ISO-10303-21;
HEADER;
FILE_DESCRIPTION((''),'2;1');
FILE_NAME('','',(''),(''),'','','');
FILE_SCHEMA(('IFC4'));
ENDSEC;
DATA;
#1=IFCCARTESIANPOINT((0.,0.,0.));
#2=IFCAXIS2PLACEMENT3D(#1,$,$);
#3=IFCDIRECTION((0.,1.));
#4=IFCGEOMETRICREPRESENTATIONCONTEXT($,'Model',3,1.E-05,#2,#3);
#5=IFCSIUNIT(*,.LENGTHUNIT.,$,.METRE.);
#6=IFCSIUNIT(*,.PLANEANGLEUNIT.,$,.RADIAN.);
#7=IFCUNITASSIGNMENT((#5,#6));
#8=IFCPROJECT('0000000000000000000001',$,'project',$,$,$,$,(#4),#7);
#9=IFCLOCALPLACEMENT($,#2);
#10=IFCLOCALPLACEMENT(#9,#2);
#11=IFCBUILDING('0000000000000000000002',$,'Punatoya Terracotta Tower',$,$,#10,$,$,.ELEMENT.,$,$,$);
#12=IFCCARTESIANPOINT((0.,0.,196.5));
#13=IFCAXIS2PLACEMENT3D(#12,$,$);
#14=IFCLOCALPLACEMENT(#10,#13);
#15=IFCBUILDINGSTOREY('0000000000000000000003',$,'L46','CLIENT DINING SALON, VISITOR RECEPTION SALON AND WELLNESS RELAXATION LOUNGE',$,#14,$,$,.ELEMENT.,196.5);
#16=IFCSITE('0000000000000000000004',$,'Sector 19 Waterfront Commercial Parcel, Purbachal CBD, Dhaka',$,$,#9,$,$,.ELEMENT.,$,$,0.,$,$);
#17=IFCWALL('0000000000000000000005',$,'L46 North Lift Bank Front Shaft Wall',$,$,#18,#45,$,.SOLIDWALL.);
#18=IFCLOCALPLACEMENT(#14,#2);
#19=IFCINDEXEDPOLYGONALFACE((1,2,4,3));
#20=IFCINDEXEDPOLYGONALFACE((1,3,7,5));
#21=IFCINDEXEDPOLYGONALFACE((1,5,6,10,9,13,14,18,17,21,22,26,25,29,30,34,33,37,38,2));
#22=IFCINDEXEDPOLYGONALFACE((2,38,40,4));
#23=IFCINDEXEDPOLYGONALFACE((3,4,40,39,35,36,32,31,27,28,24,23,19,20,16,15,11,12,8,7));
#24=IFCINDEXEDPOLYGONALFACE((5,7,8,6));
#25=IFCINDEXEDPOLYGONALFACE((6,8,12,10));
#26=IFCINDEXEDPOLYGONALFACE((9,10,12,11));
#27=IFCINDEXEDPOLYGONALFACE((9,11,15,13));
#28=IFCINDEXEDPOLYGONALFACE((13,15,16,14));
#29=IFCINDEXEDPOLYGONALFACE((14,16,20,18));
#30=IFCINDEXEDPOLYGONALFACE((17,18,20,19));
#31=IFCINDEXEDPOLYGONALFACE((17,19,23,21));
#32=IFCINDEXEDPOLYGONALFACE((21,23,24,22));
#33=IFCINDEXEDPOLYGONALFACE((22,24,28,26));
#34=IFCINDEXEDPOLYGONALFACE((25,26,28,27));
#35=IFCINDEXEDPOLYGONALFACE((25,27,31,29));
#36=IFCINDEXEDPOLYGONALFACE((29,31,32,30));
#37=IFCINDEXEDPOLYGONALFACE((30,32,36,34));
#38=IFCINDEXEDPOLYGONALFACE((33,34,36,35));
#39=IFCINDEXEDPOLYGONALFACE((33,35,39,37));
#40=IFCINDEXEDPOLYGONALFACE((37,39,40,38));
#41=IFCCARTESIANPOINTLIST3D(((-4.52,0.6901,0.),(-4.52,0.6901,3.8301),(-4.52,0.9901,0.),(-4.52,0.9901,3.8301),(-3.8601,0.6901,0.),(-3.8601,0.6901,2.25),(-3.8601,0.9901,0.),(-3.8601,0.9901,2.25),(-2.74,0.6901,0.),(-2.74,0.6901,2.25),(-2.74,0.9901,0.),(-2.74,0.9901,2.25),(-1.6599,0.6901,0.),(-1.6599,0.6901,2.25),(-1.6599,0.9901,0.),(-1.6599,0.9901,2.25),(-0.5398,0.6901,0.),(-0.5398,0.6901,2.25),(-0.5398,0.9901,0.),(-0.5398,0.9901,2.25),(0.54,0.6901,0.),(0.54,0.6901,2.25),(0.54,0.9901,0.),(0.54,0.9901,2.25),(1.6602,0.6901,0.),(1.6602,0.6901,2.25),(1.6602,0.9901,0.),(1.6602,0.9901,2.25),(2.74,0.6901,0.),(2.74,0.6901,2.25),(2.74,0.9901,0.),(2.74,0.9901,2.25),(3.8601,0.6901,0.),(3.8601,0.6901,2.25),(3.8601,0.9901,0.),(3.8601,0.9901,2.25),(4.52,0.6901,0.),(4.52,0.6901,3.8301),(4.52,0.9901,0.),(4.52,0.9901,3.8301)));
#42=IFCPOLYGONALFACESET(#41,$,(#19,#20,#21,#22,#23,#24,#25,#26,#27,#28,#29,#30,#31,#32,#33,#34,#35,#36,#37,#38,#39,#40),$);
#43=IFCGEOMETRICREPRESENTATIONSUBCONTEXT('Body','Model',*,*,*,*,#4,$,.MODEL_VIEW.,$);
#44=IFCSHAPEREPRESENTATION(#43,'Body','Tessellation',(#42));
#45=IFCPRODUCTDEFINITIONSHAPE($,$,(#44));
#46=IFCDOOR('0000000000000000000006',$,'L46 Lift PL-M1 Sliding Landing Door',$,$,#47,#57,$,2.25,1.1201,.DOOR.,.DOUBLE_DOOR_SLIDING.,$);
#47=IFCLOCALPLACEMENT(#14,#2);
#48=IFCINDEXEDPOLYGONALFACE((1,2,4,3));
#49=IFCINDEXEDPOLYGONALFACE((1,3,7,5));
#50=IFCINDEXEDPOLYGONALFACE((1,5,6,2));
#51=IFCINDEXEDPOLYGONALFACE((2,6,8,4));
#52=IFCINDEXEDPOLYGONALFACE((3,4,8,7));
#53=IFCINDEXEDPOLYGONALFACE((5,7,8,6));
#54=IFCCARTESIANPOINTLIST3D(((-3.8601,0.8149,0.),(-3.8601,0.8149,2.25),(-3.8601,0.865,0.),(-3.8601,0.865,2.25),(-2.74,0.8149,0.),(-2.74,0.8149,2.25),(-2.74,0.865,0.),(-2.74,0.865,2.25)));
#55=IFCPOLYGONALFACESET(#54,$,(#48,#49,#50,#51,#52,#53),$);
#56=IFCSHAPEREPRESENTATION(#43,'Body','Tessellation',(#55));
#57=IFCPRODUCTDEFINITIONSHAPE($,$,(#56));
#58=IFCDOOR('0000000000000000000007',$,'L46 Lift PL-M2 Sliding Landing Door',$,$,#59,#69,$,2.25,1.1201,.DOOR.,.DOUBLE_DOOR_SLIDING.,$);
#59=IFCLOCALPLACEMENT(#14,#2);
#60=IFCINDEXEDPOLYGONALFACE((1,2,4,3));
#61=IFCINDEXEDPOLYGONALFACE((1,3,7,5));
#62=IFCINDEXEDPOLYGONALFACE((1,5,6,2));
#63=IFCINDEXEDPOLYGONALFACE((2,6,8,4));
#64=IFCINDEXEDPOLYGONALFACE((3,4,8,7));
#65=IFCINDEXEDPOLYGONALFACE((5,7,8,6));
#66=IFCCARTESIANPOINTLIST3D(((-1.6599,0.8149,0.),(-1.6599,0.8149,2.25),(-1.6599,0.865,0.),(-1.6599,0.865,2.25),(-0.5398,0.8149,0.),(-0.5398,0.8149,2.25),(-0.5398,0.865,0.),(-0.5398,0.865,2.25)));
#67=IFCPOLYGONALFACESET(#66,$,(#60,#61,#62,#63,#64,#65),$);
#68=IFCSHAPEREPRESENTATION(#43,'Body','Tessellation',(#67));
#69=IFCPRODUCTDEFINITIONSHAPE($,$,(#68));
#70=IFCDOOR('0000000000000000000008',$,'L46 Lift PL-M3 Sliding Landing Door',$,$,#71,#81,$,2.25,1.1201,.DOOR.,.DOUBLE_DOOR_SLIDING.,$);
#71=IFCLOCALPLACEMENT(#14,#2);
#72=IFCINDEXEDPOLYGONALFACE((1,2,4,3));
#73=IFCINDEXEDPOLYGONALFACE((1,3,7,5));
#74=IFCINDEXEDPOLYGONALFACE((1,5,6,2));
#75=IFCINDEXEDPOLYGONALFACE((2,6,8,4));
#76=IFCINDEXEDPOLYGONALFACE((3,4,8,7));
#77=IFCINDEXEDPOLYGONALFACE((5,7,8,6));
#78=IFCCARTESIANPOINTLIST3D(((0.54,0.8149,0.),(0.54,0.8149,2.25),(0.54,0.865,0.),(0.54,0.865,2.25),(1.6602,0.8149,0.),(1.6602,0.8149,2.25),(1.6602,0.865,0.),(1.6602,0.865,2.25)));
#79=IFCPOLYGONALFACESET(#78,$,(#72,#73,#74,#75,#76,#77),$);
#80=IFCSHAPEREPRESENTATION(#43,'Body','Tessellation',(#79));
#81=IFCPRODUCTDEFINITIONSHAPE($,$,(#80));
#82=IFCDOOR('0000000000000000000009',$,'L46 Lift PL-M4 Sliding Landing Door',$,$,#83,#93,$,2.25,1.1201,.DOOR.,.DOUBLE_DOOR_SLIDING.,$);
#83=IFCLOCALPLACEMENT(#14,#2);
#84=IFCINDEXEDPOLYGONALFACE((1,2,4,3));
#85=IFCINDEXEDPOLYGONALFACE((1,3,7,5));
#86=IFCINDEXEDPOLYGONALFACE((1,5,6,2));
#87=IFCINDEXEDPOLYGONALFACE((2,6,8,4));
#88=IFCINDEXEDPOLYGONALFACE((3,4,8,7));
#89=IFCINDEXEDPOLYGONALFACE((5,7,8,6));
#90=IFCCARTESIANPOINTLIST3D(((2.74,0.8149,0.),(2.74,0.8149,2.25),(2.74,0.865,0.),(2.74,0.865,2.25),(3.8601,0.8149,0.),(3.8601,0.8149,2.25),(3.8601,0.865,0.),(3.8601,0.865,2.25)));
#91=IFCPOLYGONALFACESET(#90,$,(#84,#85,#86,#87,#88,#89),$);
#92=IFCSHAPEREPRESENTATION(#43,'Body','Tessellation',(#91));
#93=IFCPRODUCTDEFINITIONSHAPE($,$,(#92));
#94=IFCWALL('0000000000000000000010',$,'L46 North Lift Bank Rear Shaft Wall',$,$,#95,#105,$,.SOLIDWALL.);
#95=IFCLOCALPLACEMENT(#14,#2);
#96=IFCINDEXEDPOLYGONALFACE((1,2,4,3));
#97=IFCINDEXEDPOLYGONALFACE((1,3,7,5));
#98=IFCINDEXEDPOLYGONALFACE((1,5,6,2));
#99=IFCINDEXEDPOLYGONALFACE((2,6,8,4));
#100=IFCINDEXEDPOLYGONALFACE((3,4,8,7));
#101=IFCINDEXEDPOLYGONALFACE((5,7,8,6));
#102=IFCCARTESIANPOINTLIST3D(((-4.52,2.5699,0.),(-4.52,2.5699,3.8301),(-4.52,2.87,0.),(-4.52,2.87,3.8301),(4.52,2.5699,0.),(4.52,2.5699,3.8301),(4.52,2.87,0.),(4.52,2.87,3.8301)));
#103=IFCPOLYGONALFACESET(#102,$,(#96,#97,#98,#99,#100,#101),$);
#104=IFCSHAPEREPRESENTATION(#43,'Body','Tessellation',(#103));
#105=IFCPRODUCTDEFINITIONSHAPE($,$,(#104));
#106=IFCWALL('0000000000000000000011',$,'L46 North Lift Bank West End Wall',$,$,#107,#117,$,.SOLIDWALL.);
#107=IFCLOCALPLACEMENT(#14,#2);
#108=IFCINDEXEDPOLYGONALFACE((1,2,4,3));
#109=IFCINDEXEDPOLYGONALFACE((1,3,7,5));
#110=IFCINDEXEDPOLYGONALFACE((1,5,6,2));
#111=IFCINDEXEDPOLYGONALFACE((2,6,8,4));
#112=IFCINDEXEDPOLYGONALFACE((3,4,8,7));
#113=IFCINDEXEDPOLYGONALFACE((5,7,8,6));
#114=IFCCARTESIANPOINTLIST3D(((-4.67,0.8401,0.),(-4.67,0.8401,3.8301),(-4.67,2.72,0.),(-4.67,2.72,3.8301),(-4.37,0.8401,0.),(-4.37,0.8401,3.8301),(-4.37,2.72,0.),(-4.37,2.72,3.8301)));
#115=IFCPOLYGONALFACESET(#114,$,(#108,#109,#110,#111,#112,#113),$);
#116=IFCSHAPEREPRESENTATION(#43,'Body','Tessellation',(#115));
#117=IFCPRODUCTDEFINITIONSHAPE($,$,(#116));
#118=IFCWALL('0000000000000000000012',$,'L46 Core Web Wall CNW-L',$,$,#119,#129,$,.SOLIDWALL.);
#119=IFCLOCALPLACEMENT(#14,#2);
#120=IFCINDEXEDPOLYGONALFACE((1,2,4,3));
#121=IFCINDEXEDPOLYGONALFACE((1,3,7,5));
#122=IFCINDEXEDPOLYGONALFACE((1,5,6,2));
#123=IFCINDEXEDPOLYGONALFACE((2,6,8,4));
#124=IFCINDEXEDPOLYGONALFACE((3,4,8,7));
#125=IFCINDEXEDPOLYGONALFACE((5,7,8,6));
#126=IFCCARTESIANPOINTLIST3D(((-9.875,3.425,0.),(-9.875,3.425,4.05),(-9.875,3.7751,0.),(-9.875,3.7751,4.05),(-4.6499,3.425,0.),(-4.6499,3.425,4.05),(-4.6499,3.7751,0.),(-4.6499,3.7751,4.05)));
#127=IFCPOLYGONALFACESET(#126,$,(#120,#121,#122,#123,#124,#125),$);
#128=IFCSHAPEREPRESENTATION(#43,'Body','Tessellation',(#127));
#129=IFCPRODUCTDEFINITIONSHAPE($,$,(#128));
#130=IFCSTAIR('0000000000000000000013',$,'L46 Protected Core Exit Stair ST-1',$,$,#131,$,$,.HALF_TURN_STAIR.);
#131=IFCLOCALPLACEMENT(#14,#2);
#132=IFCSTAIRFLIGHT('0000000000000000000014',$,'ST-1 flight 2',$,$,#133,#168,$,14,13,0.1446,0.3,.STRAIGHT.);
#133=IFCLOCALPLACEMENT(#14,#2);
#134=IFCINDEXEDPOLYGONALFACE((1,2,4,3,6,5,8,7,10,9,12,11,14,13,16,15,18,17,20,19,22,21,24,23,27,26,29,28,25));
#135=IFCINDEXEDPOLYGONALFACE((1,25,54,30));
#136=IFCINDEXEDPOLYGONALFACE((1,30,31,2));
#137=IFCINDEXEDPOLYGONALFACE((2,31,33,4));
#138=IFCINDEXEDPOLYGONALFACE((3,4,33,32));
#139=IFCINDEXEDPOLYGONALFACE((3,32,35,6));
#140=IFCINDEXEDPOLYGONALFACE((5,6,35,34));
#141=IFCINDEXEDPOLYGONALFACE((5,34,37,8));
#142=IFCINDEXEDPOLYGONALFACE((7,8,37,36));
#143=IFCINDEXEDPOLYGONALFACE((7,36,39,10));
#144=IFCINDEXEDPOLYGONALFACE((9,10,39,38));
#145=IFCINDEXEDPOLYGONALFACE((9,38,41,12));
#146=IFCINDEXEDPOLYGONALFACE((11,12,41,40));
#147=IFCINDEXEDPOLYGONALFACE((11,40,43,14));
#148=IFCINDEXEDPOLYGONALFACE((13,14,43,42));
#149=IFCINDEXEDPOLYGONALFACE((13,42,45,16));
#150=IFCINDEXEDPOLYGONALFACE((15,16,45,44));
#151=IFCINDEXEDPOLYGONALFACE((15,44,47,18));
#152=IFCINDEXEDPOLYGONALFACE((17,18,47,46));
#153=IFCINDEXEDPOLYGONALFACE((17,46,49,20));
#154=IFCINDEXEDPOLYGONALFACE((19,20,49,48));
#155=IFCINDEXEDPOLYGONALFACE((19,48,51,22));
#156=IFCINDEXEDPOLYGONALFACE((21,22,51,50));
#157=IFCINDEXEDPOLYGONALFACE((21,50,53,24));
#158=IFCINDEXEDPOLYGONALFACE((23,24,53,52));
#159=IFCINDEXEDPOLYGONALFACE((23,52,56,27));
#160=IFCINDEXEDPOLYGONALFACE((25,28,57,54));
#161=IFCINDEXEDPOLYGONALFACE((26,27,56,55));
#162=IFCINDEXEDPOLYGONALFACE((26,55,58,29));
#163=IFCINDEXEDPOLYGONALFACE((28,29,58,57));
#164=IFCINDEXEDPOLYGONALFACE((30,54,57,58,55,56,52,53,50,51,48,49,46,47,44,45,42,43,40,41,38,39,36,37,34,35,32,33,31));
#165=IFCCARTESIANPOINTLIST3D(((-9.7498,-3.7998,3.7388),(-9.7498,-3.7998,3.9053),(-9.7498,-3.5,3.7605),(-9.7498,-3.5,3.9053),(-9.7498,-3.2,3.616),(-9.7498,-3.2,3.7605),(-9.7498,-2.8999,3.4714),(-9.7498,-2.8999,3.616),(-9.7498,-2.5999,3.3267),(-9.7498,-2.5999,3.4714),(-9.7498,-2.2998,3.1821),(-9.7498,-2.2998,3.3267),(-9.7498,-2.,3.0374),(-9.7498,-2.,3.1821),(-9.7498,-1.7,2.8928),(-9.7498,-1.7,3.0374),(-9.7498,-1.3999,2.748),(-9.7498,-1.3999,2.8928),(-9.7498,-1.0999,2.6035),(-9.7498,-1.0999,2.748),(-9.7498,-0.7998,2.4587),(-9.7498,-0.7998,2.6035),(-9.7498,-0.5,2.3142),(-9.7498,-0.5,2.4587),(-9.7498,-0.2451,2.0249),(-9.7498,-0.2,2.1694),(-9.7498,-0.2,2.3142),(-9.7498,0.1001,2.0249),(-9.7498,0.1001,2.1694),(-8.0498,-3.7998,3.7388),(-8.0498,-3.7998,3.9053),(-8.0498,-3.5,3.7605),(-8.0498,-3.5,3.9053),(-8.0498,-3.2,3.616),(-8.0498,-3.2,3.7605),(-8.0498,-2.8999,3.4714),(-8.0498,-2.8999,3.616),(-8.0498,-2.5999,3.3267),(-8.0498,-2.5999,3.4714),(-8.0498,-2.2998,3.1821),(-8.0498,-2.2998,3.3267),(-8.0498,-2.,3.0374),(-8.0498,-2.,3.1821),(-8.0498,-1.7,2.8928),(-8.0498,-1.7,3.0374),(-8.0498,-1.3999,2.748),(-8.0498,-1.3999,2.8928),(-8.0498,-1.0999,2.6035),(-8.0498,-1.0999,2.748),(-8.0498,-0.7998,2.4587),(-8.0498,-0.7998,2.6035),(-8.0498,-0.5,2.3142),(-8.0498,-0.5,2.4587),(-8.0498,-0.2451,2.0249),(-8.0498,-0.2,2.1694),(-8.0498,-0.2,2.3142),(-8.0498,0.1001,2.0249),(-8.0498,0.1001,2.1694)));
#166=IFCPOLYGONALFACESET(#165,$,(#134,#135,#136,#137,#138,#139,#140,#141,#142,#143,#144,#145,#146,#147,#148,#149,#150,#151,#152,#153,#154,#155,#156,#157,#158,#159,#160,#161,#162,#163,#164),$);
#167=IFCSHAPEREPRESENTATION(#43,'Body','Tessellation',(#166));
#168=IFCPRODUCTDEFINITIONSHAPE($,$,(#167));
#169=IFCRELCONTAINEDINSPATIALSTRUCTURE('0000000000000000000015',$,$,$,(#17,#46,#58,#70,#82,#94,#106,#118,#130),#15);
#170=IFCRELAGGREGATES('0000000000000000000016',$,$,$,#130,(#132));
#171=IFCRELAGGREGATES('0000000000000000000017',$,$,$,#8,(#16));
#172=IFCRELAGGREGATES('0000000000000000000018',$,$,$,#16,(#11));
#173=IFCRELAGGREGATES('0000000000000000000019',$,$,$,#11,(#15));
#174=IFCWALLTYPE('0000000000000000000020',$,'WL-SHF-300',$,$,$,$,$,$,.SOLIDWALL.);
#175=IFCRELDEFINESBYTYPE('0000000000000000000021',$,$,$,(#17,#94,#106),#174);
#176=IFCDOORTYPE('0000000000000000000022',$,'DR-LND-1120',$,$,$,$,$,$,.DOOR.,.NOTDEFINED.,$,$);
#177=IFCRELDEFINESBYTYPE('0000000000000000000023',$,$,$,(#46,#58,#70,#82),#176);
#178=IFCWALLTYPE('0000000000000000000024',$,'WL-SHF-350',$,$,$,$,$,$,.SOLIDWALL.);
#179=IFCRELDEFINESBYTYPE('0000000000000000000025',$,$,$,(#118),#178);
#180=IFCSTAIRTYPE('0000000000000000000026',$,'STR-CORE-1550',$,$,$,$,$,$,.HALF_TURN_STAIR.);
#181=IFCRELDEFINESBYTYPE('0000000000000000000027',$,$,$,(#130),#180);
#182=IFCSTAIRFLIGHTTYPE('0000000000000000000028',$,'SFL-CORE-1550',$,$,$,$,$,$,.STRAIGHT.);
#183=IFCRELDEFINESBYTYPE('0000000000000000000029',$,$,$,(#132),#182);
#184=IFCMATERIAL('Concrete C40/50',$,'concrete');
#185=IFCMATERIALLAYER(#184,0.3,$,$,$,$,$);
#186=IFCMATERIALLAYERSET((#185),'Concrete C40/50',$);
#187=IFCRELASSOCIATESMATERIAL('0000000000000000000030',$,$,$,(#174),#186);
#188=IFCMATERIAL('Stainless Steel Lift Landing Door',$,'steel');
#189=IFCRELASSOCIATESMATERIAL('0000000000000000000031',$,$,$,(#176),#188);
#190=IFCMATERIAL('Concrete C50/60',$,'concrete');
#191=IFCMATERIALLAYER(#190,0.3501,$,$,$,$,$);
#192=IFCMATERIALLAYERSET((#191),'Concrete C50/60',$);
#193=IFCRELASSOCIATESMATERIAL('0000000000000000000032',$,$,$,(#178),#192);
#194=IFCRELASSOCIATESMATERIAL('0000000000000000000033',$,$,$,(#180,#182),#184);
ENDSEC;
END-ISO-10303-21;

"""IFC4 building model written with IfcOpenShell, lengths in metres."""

from ifc_helpers import new_model, si_unit, direction, frame, frame_2d, origin, place, context, subcontext, project, spatial, polyline, rectangle, outline, extrude, material, layer, layer_set, type_object, element, fill, aggregate, save


model = new_model("IFC4")

# Units and contexts
model_context = context("Model", 3, precision=1e-05, world=origin(), true_north=direction((0.0, 1.0)))
body_context = subcontext(model_context, "Body", "Model", "MODEL_VIEW")
ifc_project = project(units=[si_unit("LENGTHUNIT", "METRE"), si_unit("PLANEANGLEUNIT", "RADIAN")], contexts=[model_context])

# Site, building, storey
site_placement = place(None, origin())
site = spatial("IfcSite", under=ifc_project, at=site_placement, Name="Sector 19 Waterfront Commercial Parcel, Purbachal CBD, Dhaka", CompositionType="ELEMENT", RefElevation=0.0)
building_placement = place(site_placement, origin())
building = spatial("IfcBuilding", under=site, at=building_placement, Name="Punatoya Terracotta Tower", CompositionType="ELEMENT")
storey_placement = place(building_placement, frame((0.0, 0.0, 196.5)))
storey = spatial("IfcBuildingStorey", under=building, at=storey_placement, Name="L46", Description="CLIENT DINING SALON, VISITOR RECEPTION SALON AND WELLNESS RELAXATION LOUNGE", CompositionType="ELEMENT", Elevation=196.5)

# Shared definitions
ifc_material_1 = material(Name="Concrete C40/50", Category="concrete")

# Wall, openings, doors
ifc_layer_1 = layer(ifc_material_1, 0.3)
ifc_layer_set_1 = layer_set([ifc_layer_1], Name="Concrete C40/50")
wall_type_1 = type_object("IfcWallType", Name="WL-SHF-300", PredefinedType="SOLIDWALL", material=ifc_layer_set_1)
wall_1_placement = place(storey_placement, frame((-4.52, 0.8401, 0.0), z_axis=(0.0, 0.0, 1.0), x_axis=(1.0, 0.0, 0.0)))
wall_1 = element("IfcWall", 1, at=wall_1_placement, inside=storey, type_object=wall_type_1, Name="L46 North Lift Bank Front Shaft Wall", PredefinedType="SOLIDWALL", context=body_context, shape_type="SweptSolid", body=[
    extrude(rectangle(XDim=9.04, YDim=0.3, at=frame_2d((4.52, 0.0))), origin(), (0.0, 0.0, 1.0), 3.8301),
])
opening_1_placement = place(wall_1_placement, frame((0.6599, 0.0, 0.0)))
opening_1 = element("IfcOpeningElement", 2, at=opening_1_placement, cuts=wall_1, PredefinedType="OPENING", context=body_context, shape_type="SweptSolid", body=[
    extrude(rectangle(XDim=1.1201, YDim=2.25, at=frame_2d((0.5601, 1.125))), frame((0.0, 0.1599, 0.0), z_axis=(0.0, -1.0, 0.0), x_axis=(1.0, 0.0, 0.0)), (0.0, 0.0, 1.0), 0.3201),
])
opening_2_placement = place(wall_1_placement, frame((2.8601, 0.0, 0.0)))
opening_2 = element("IfcOpeningElement", 3, at=opening_2_placement, cuts=wall_1, PredefinedType="OPENING", context=body_context, shape_type="SweptSolid", body=[
    extrude(rectangle(XDim=1.1201, YDim=2.25, at=frame_2d((0.5601, 1.125))), frame((0.0, 0.1599, 0.0), z_axis=(0.0, -1.0, 0.0), x_axis=(1.0, 0.0, 0.0)), (0.0, 0.0, 1.0), 0.3201),
])
opening_3_placement = place(wall_1_placement, frame((5.0601, 0.0, 0.0)))
opening_3 = element("IfcOpeningElement", 4, at=opening_3_placement, cuts=wall_1, PredefinedType="OPENING", context=body_context, shape_type="SweptSolid", body=[
    extrude(rectangle(XDim=1.1201, YDim=2.25, at=frame_2d((0.5601, 1.125))), frame((0.0, 0.1599, 0.0), z_axis=(0.0, -1.0, 0.0), x_axis=(1.0, 0.0, 0.0)), (0.0, 0.0, 1.0), 0.3201),
])
opening_4_placement = place(wall_1_placement, frame((7.26, 0.0, 0.0)))
opening_4 = element("IfcOpeningElement", 5, at=opening_4_placement, cuts=wall_1, PredefinedType="OPENING", context=body_context, shape_type="SweptSolid", body=[
    extrude(rectangle(XDim=1.1201, YDim=2.25, at=frame_2d((0.5601, 1.125))), frame((0.0, 0.1599, 0.0), z_axis=(0.0, -1.0, 0.0), x_axis=(1.0, 0.0, 0.0)), (0.0, 0.0, 1.0), 0.3201),
])
ifc_material_2 = material(Name="Stainless Steel Lift Landing Door", Category="steel")
door_type_1 = type_object("IfcDoorType", Name="DR-LND-1120", OperationType="NOTDEFINED", PredefinedType="DOOR", material=ifc_material_2)
door_1_placement = place(opening_1_placement, origin())
door_1 = element("IfcDoor", 6, at=door_1_placement, inside=storey, type_object=door_type_1, Name="L46 Lift PL-M1 Sliding Landing Door", OperationType="DOUBLE_DOOR_SLIDING", OverallHeight=2.25, OverallWidth=1.1201, PredefinedType="DOOR", context=body_context, shape_type="SweptSolid", body=[
    extrude(rectangle(XDim=1.1201, YDim=2.25, at=frame_2d((0.5601, 1.125))), frame((0.0, 0.0249, 0.0), z_axis=(0.0, -1.0, 0.0), x_axis=(1.0, 0.0, 0.0)), (0.0, 0.0, 1.0), 0.05),
])
fill(opening_1, door_1)
door_2_placement = place(opening_2_placement, origin())
door_2 = element("IfcDoor", 7, at=door_2_placement, inside=storey, type_object=door_type_1, Name="L46 Lift PL-M2 Sliding Landing Door", OperationType="DOUBLE_DOOR_SLIDING", OverallHeight=2.25, OverallWidth=1.1201, PredefinedType="DOOR", context=body_context, shape_type="SweptSolid", body=[
    extrude(rectangle(XDim=1.1201, YDim=2.25, at=frame_2d((0.5601, 1.125))), frame((0.0, 0.0249, 0.0), z_axis=(0.0, -1.0, 0.0), x_axis=(1.0, 0.0, 0.0)), (0.0, 0.0, 1.0), 0.05),
])
fill(opening_2, door_2)
door_3_placement = place(opening_3_placement, origin())
door_3 = element("IfcDoor", 8, at=door_3_placement, inside=storey, type_object=door_type_1, Name="L46 Lift PL-M3 Sliding Landing Door", OperationType="DOUBLE_DOOR_SLIDING", OverallHeight=2.25, OverallWidth=1.1201, PredefinedType="DOOR", context=body_context, shape_type="SweptSolid", body=[
    extrude(rectangle(XDim=1.1201, YDim=2.25, at=frame_2d((0.5601, 1.125))), frame((0.0, 0.0249, 0.0), z_axis=(0.0, -1.0, 0.0), x_axis=(1.0, 0.0, 0.0)), (0.0, 0.0, 1.0), 0.05),
])
fill(opening_3, door_3)
door_4_placement = place(opening_4_placement, origin())
door_4 = element("IfcDoor", 9, at=door_4_placement, inside=storey, type_object=door_type_1, Name="L46 Lift PL-M4 Sliding Landing Door", OperationType="DOUBLE_DOOR_SLIDING", OverallHeight=2.25, OverallWidth=1.1201, PredefinedType="DOOR", context=body_context, shape_type="SweptSolid", body=[
    extrude(rectangle(XDim=1.1201, YDim=2.25, at=frame_2d((0.5601, 1.125))), frame((0.0, 0.0249, 0.0), z_axis=(0.0, -1.0, 0.0), x_axis=(1.0, 0.0, 0.0)), (0.0, 0.0, 1.0), 0.05),
])
fill(opening_4, door_4)

# Walls
wall_2_placement = place(storey_placement, frame((-4.52, 2.72, 0.0), z_axis=(0.0, 0.0, 1.0), x_axis=(1.0, 0.0, 0.0)))
element("IfcWall", 10, at=wall_2_placement, inside=storey, type_object=wall_type_1, Name="L46 North Lift Bank Rear Shaft Wall", PredefinedType="SOLIDWALL", context=body_context, shape_type="SweptSolid", body=[
    extrude(rectangle(XDim=9.04, YDim=0.3, at=frame_2d((4.52, 0.0))), origin(), (0.0, 0.0, 1.0), 3.8301),
])
wall_3_placement = place(storey_placement, frame((-4.52, 0.8401, 0.0), z_axis=(0.0, 0.0, 1.0), x_axis=(0.0, 1.0, 0.0)))
element("IfcWall", 11, at=wall_3_placement, inside=storey, type_object=wall_type_1, Name="L46 North Lift Bank West End Wall", PredefinedType="SOLIDWALL", context=body_context, shape_type="SweptSolid", body=[
    extrude(rectangle(XDim=1.8799, YDim=0.3, at=frame_2d((0.9399, 0.0))), origin(), (0.0, 0.0, 1.0), 3.8301),
])
ifc_material_3 = material(Name="Concrete C50/60", Category="concrete")
ifc_layer_2 = layer(ifc_material_3, 0.3501)
ifc_layer_set_2 = layer_set([ifc_layer_2], Name="Concrete C50/60")
wall_type_2 = type_object("IfcWallType", Name="WL-SHF-350", PredefinedType="SOLIDWALL", material=ifc_layer_set_2)
wall_4_placement = place(storey_placement, frame((-9.875, 3.6001, 0.0), z_axis=(0.0, 0.0, 1.0), x_axis=(1.0, 0.0, 0.0)))
element("IfcWall", 12, at=wall_4_placement, inside=storey, type_object=wall_type_2, Name="L46 Core Web Wall CNW-L", PredefinedType="SOLIDWALL", context=body_context, shape_type="SweptSolid", body=[
    extrude(rectangle(XDim=5.2251, YDim=0.3501, at=frame_2d((2.6125, 0.0))), origin(), (0.0, 0.0, 1.0), 4.05),
])

# Stair, stair flight
stair_type = type_object("IfcStairType", Name="STR-CORE-1550", PredefinedType="HALF_TURN_STAIR", material=ifc_material_1)
stair_placement = place(storey_placement, origin())
stair = element("IfcStair", 13, at=stair_placement, inside=storey, type_object=stair_type, Name="L46 Protected Core Exit Stair ST-1", PredefinedType="HALF_TURN_STAIR")
stair_flight_type = type_object("IfcStairFlightType", Name="SFL-CORE-1550", PredefinedType="STRAIGHT", material=ifc_material_1)
stair_flight_placement = place(storey_placement, frame((-8.8999, 0.1001, 2.0249), z_axis=(0.0, 0.0, 1.0), x_axis=(0.0, -1.0, 0.0)))
stair_flight = element("IfcStairFlight", 14, at=stair_flight_placement, type_object=stair_flight_type, Name="ST-1 flight 2", NumberOfRisers=14, NumberOfTreads=13, PredefinedType="STRAIGHT", RiserHeight=0.1446, TreadLength=0.3, context=body_context, shape_type="SweptSolid", body=[
    extrude(outline(polyline([(0.0, 0.0), (0.0, 0.1445), (0.3, 0.1445), (0.3, 0.2893), (0.6001, 0.2893), (0.6001, 0.4338), (0.8999, 0.4338), (0.8999, 0.5786), (1.2, 0.5786), (1.2, 0.7231), (1.5, 0.7231), (1.5, 0.8679), (1.8, 0.8679), (1.8, 1.0125), (2.1001, 1.0125), (2.1001, 1.1572), (2.3999, 1.1572), (2.3999, 1.3018), (2.7, 1.3018), (2.7, 1.4465), (3.0, 1.4465), (3.0, 1.5911), (3.3, 1.5911), (3.3, 1.7356), (3.6001, 1.7356), (3.6001, 1.8804), (3.8999, 1.8804), (3.8999, 2.0249), (3.8999, 1.7139), (0.3452, 0.0), (0.0, 0.0)])), frame((0.0, 0.8501, 0.0), z_axis=(0.0, -1.0, 0.0), x_axis=(1.0, 0.0, 0.0)), (0.0, 0.0, 1.0), 1.7),
])
aggregate(stair, [stair_flight])

save(model, "model.ifc")
